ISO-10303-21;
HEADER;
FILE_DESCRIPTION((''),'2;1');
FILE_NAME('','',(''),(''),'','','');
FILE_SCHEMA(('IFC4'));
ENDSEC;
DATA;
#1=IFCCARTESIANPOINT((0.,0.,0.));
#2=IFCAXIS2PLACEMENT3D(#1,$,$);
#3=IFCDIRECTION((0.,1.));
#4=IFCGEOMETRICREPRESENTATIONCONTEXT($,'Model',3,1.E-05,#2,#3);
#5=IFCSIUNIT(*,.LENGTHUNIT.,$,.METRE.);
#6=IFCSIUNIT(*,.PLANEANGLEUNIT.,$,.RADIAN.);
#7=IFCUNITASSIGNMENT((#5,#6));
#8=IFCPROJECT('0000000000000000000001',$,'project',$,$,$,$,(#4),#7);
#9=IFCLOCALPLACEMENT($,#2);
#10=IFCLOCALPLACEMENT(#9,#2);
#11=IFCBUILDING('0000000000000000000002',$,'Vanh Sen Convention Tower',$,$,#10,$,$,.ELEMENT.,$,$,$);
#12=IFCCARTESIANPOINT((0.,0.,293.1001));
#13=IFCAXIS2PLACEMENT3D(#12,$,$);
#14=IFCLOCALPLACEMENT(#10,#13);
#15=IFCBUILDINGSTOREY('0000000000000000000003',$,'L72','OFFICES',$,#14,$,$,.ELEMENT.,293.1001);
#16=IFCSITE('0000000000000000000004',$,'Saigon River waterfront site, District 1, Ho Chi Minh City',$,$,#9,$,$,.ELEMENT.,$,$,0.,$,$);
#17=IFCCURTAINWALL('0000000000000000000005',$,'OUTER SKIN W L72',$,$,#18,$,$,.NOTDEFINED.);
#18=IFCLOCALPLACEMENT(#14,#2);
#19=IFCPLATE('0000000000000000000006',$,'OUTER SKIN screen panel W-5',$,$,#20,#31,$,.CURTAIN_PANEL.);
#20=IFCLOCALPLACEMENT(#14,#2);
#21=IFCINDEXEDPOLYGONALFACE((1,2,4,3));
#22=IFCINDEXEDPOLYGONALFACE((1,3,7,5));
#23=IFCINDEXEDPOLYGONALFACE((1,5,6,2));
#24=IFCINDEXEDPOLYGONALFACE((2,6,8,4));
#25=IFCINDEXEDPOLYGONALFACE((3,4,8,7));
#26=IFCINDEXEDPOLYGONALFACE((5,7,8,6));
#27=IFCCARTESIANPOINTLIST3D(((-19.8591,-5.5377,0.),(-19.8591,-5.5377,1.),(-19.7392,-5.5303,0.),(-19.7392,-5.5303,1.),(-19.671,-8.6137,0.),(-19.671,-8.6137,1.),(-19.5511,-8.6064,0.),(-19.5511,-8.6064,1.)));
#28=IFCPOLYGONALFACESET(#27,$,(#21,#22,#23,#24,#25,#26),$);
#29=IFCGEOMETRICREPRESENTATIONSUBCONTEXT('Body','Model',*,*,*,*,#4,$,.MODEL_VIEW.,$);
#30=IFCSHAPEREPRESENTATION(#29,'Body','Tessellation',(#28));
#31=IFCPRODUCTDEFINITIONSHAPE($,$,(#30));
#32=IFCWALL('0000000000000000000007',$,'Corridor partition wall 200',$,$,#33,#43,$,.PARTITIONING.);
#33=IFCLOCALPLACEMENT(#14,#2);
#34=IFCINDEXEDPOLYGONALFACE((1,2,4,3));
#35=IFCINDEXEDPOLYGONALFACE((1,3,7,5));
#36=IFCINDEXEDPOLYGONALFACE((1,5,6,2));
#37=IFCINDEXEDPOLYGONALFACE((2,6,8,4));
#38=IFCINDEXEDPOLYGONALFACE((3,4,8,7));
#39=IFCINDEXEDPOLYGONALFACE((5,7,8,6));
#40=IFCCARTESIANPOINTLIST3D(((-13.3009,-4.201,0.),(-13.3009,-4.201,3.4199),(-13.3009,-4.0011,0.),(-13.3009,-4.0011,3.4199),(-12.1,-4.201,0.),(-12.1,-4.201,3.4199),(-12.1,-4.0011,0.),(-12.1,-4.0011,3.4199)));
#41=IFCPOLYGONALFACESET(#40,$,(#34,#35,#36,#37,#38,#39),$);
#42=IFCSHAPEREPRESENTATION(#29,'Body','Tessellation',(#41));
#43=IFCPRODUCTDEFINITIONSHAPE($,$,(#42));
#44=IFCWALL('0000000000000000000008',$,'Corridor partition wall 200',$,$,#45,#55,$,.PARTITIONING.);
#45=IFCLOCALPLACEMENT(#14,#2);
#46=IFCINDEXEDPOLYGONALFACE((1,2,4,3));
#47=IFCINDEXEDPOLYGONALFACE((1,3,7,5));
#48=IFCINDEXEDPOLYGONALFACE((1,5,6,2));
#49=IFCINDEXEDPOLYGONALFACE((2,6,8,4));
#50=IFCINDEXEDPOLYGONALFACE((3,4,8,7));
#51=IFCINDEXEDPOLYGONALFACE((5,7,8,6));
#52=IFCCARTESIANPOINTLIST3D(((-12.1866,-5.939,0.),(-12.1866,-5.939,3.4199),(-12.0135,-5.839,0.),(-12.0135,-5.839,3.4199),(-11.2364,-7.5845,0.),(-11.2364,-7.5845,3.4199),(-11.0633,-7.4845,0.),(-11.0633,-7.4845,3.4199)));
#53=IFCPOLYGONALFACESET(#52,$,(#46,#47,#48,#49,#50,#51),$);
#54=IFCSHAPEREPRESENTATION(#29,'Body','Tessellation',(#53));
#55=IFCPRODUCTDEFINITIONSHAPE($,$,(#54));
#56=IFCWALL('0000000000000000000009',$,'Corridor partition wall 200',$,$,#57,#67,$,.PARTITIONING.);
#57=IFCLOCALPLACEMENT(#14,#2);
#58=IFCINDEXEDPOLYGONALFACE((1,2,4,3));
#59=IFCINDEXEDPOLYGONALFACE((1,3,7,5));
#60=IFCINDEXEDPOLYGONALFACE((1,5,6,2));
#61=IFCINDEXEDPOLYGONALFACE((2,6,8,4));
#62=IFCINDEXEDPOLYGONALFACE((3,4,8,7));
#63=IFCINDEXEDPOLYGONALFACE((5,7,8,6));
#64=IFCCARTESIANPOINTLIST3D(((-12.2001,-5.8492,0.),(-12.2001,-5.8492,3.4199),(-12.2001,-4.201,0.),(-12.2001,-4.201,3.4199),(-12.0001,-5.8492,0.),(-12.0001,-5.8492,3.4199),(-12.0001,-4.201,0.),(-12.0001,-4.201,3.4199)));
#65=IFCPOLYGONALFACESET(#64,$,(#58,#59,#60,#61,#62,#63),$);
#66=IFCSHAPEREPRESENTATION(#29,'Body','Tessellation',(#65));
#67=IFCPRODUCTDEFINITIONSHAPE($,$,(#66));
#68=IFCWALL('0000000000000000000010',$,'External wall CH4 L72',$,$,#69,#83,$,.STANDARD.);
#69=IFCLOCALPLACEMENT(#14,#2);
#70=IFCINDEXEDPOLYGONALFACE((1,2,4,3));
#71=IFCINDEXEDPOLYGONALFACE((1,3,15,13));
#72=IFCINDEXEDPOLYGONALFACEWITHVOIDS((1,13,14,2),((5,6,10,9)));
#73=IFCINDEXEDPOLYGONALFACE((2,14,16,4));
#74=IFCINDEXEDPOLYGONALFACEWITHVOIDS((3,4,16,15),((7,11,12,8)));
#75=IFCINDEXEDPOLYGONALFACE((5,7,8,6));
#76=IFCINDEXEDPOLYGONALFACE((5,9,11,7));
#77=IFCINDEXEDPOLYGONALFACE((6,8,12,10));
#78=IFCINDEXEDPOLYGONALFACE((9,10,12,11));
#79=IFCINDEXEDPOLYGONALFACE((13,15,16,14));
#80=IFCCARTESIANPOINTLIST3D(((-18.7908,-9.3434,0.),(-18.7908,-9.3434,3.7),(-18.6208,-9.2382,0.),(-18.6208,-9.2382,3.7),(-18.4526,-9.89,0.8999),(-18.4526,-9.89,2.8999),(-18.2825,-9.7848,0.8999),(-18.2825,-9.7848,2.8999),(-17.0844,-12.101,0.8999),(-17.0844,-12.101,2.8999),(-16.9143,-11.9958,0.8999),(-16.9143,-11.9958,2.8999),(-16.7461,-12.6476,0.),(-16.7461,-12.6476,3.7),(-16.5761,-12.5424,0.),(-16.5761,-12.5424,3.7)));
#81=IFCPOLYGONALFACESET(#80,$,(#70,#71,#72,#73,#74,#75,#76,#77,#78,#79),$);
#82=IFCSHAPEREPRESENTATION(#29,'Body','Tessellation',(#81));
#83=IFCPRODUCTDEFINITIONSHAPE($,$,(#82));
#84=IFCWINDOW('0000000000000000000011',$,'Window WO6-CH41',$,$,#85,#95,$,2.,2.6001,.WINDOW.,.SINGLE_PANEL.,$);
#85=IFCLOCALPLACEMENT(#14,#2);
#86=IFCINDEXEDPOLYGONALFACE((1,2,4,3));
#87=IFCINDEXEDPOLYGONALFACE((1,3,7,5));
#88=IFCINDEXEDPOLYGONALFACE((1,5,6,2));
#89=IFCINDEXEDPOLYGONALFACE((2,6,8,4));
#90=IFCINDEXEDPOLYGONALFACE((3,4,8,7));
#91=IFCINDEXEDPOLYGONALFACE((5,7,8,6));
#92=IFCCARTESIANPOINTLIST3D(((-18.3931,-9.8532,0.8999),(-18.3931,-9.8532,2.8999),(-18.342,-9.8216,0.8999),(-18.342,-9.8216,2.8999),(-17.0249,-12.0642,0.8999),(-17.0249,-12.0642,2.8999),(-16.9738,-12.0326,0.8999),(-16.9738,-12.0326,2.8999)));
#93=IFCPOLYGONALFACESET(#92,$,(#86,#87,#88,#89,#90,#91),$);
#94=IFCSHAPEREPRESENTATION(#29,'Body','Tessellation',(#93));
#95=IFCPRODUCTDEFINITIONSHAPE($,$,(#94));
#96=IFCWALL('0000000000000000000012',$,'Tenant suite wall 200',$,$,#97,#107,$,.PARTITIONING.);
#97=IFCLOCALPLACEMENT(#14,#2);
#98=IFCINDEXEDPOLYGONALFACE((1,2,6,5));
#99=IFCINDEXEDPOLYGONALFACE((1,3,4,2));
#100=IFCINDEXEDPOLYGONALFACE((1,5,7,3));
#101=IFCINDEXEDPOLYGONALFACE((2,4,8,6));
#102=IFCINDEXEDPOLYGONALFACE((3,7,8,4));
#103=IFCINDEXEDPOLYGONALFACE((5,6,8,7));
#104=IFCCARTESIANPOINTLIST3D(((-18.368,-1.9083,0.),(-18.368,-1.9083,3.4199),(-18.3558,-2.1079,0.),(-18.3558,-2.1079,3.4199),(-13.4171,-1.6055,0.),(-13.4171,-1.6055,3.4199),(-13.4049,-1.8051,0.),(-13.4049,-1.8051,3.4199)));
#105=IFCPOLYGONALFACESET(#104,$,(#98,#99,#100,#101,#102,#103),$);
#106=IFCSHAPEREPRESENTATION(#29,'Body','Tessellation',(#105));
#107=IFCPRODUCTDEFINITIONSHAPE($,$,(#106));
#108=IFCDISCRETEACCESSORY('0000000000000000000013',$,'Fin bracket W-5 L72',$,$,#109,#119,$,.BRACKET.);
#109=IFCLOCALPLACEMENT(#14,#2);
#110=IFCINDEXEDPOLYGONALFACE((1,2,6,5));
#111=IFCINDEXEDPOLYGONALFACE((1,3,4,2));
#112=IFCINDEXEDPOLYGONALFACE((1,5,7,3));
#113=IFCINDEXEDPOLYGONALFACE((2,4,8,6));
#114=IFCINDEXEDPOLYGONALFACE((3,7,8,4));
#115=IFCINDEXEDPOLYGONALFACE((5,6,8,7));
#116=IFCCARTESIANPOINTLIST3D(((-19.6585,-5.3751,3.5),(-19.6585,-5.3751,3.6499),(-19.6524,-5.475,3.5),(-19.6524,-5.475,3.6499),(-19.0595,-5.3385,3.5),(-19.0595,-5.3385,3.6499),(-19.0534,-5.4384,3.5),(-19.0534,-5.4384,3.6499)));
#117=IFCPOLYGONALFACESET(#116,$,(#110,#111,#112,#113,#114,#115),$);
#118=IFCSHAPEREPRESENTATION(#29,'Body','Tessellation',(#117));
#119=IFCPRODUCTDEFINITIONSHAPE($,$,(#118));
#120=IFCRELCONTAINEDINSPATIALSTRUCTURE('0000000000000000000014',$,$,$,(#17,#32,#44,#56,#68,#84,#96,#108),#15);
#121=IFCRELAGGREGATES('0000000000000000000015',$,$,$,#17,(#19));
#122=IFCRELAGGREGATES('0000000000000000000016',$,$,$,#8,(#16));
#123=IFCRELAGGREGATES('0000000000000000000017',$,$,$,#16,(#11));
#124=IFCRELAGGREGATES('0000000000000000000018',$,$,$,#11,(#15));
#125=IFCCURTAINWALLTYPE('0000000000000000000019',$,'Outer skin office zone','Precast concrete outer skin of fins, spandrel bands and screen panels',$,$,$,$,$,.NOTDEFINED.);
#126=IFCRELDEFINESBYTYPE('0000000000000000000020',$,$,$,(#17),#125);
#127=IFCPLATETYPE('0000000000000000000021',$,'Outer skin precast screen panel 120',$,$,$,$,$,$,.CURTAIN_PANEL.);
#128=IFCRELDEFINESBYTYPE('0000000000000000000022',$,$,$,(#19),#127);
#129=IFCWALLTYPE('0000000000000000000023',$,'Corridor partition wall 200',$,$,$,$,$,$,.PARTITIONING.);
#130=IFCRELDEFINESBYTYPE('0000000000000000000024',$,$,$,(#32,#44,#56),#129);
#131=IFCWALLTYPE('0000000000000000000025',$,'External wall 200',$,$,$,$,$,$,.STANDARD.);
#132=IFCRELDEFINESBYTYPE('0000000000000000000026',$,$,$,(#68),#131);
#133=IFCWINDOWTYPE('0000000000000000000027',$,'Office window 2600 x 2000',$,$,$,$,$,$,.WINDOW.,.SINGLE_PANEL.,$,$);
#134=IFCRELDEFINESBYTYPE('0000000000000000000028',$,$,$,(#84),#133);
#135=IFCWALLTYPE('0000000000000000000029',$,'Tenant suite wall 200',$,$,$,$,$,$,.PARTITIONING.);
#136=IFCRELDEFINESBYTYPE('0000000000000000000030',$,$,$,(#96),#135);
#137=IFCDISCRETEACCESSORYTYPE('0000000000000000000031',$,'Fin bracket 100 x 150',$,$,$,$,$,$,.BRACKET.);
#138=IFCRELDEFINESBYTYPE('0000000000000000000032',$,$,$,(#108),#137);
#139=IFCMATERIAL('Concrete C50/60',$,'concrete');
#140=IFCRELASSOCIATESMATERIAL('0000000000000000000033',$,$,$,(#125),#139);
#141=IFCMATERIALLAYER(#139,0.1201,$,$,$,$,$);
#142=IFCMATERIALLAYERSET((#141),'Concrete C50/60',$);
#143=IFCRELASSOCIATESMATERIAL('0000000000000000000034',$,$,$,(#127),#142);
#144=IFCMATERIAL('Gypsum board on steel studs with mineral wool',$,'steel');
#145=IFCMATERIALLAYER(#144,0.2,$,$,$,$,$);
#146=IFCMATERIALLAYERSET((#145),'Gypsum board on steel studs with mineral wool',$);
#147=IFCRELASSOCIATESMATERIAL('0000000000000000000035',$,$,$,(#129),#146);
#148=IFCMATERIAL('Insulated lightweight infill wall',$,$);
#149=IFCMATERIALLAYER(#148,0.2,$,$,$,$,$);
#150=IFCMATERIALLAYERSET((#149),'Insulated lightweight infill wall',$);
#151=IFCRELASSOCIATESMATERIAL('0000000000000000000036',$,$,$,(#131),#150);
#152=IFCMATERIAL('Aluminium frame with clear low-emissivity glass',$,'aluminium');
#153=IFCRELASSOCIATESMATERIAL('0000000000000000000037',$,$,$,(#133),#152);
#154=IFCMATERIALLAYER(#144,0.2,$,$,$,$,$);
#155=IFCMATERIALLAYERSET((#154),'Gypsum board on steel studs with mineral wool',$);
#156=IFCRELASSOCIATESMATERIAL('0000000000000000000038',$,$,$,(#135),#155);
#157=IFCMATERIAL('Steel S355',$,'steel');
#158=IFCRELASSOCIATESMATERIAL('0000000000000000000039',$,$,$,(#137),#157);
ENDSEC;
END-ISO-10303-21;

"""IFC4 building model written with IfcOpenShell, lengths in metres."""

from ifc_helpers import new_model, si_unit, direction, frame, frame_2d, origin, origin_2d, place, context, subcontext, project, spatial, rectangle, extrude, material, layer, layer_set, type_object, element, fill, aggregate, save


model = new_model("IFC4")

# Units and contexts
model_context = context("Model", 3, precision=1e-05, world=origin(), true_north=direction((0.0, 1.0)))
body_context = subcontext(model_context, "Body", "Model", "MODEL_VIEW")
ifc_project = project(units=[si_unit("LENGTHUNIT", "METRE"), si_unit("PLANEANGLEUNIT", "RADIAN")], contexts=[model_context])

# Site, building, storey
site_placement = place(None, origin())
site = spatial("IfcSite", under=ifc_project, at=site_placement, Name="Saigon River waterfront site, District 1, Ho Chi Minh City", CompositionType="ELEMENT", RefElevation=0.0)
building_placement = place(site_placement, origin())
building = spatial("IfcBuilding", under=site, at=building_placement, Name="Vanh Sen Convention Tower", CompositionType="ELEMENT")
storey_placement = place(building_placement, frame((0.0, 0.0, 293.1001)))
storey = spatial("IfcBuildingStorey", under=building, at=storey_placement, Name="L72", Description="OFFICES", CompositionType="ELEMENT", Elevation=293.1001)

# Curtain wall
ifc_material_1 = material(Name="Concrete C50/60", Category="concrete")
curtain_wall_type = type_object("IfcCurtainWallType", Name="Outer skin office zone", Description="Precast concrete outer skin of fins, spandrel bands and screen panels", PredefinedType="NOTDEFINED", material=ifc_material_1)
curtain_wall_1_placement = place(storey_placement, origin())
curtain_wall_1 = element("IfcCurtainWall", 1, at=curtain_wall_1_placement, inside=storey, type_object=curtain_wall_type, Name="OUTER SKIN W L72", PredefinedType="NOTDEFINED")

# Plate
ifc_layer_1 = layer(ifc_material_1, 0.1201)
ifc_layer_set_1 = layer_set([ifc_layer_1], Name="Concrete C50/60")
plate_type = type_object("IfcPlateType", Name="Outer skin precast screen panel 120", PredefinedType="CURTAIN_PANEL", material=ifc_layer_set_1)
plate_1_placement = place(storey_placement, frame((-19.7051, -7.072, 0.0), z_axis=(0.0, 0.0, 1.0), x_axis=(0.06105, -0.998135, 0.0)))
plate_1 = element("IfcPlate", 2, at=plate_1_placement, type_object=plate_type, Name="OUTER SKIN screen panel W-5", PredefinedType="CURTAIN_PANEL", context=body_context, shape_type="SweptSolid", body=[
    extrude(rectangle(XDim=3.0818, YDim=0.1201, at=origin_2d()), origin(), (0.0, 0.0, 1.0), 1.0),
])
aggregate(curtain_wall_1, [plate_1])

# Walls
ifc_material_2 = material(Name="Gypsum board on steel studs with mineral wool", Category="steel")
ifc_layer_2 = layer(ifc_material_2, 0.2)
ifc_layer_set_2 = layer_set([ifc_layer_2], Name="Gypsum board on steel studs with mineral wool")
wall_type_1 = type_object("IfcWallType", Name="Corridor partition wall 200", PredefinedType="PARTITIONING", material=ifc_layer_set_2)
wall_1_placement = place(storey_placement, frame((-13.301, -4.1011, 0.0), z_axis=(0.0, 0.0, 1.0), x_axis=(1.0, 0.0, 0.0)))
element("IfcWall", 3, at=wall_1_placement, inside=storey, type_object=wall_type_1, Name="Corridor partition wall 200", PredefinedType="PARTITIONING", context=body_context, shape_type="SweptSolid", body=[
    extrude(rectangle(XDim=1.2009, YDim=0.2, at=frame_2d((0.6006, 0.0))), origin(), (0.0, 0.0, 1.0), 3.4199),
])
wall_2_placement = place(storey_placement, frame((-12.1001, -5.8889, 0.0), z_axis=(0.0, 0.0, 1.0), x_axis=(0.500064, -0.865989, 0.0)))
element("IfcWall", 4, at=wall_2_placement, inside=storey, type_object=wall_type_1, Name="Corridor partition wall 200", PredefinedType="PARTITIONING", context=body_context, shape_type="SweptSolid", body=[
    extrude(rectangle(XDim=1.9001, YDim=0.2, at=frame_2d((0.9502, 0.0))), origin(), (0.0, 0.0, 1.0), 3.4199),
])
wall_3_placement = place(storey_placement, frame((-12.1001, -4.2009, 0.0), z_axis=(0.0, 0.0, 1.0), x_axis=(0.0, -1.0, 0.0)))
element("IfcWall", 5, at=wall_3_placement, inside=storey, type_object=wall_type_1, Name="Corridor partition wall 200", PredefinedType="PARTITIONING", context=body_context, shape_type="SweptSolid", body=[
    extrude(rectangle(XDim=1.6482, YDim=0.2, at=frame_2d((0.8242, 0.0))), origin(), (0.0, 0.0, 1.0), 3.4199),
])

# Wall, opening, window
ifc_material_3 = material(Name="Insulated lightweight infill wall")
ifc_layer_3 = layer(ifc_material_3, 0.2)
ifc_layer_set_3 = layer_set([ifc_layer_3], Name="Insulated lightweight infill wall")
wall_type_2 = type_object("IfcWallType", Name="External wall 200", PredefinedType="STANDARD", material=ifc_layer_set_3)
wall_4_placement = place(storey_placement, frame((-18.7058, -9.2908, 0.0), z_axis=(0.0, 0.0, 1.0), x_axis=(0.52621, -0.850355, 0.0)))
wall_4 = element("IfcWall", 6, at=wall_4_placement, inside=storey, type_object=wall_type_2, Name="External wall CH4 L72", PredefinedType="STANDARD", context=body_context, shape_type="SweptSolid", body=[
    extrude(rectangle(XDim=3.8857, YDim=0.2, at=frame_2d((1.9429, 0.0))), origin(), (0.0, 0.0, 1.0), 3.7),
])
opening_placement = place(wall_4_placement, frame((0.6428, 0.0, 0.8999)))
opening = element("IfcOpeningElement", 7, at=opening_placement, cuts=wall_4, PredefinedType="OPENING", context=body_context, shape_type="SweptSolid", body=[
    extrude(rectangle(XDim=2.6001, YDim=2.0, at=frame_2d((1.3, 1.0))), frame((0.0, 0.1099, 0.0), z_axis=(0.0, -1.0, 0.0), x_axis=(1.0, 0.0, 0.0)), (0.0, 0.0, 1.0), 0.22),
])
ifc_material_4 = material(Name="Aluminium frame with clear low-emissivity glass", Category="aluminium")
window_type = type_object("IfcWindowType", Name="Office window 2600 x 2000", PartitioningType="SINGLE_PANEL", PredefinedType="WINDOW", material=ifc_material_4)
window_placement = place(opening_placement, origin())
window = element("IfcWindow", 8, at=window_placement, inside=storey, type_object=window_type, Name="Window WO6-CH41", OverallHeight=2.0, OverallWidth=2.6001, PartitioningType="SINGLE_PANEL", PredefinedType="WINDOW", context=body_context, shape_type="SweptSolid", body=[
    extrude(rectangle(XDim=2.6001, YDim=2.0, at=frame_2d((1.3, 1.0))), frame((0.0, 0.03, 0.0), z_axis=(0.0, -1.0, 0.0), x_axis=(1.0, 0.0, 0.0)), (0.0, 0.0, 1.0), 0.0601),
])
fill(opening, window)

# Wall
ifc_layer_4 = layer(ifc_material_2, 0.2)
ifc_layer_set_4 = layer_set([ifc_layer_4], Name="Gypsum board on steel studs with mineral wool")
wall_type_3 = type_object("IfcWallType", Name="Tenant suite wall 200", PredefinedType="PARTITIONING", material=ifc_layer_set_4)
wall_5_placement = place(storey_placement, frame((-18.3618, -2.0081, 0.0), z_axis=(0.0, 0.0, 1.0), x_axis=(0.998136, 0.061033, 0.0)))
element("IfcWall", 9, at=wall_5_placement, inside=storey, type_object=wall_type_3, Name="Tenant suite wall 200", PredefinedType="PARTITIONING", context=body_context, shape_type="SweptSolid", body=[
    extrude(rectangle(XDim=4.9602, YDim=0.2, at=frame_2d((2.48, 0.0))), origin(), (0.0, 0.0, 1.0), 3.4199),
])

# Discrete accessory
ifc_material_5 = material(Name="Steel S355", Category="steel")
discrete_accessory_type = type_object("IfcDiscreteAccessoryType", Name="Fin bracket 100 x 150", PredefinedType="BRACKET", material=ifc_material_5)
discrete_accessory_placement = place(storey_placement, frame((-19.356, -5.4067, 3.5), z_axis=(0.0, 0.0, 1.0), x_axis=(-0.998135, -0.061049, 0.0)))
element("IfcDiscreteAccessory", 10, at=discrete_accessory_placement, inside=storey, type_object=discrete_accessory_type, Name="Fin bracket W-5 L72", PredefinedType="BRACKET", context=body_context, shape_type="SweptSolid", body=[
    extrude(rectangle(XDim=0.6001, YDim=0.1001, at=origin_2d()), origin(), (0.0, 0.0, 1.0), 0.1499),
])

save(model, "model.ifc")
